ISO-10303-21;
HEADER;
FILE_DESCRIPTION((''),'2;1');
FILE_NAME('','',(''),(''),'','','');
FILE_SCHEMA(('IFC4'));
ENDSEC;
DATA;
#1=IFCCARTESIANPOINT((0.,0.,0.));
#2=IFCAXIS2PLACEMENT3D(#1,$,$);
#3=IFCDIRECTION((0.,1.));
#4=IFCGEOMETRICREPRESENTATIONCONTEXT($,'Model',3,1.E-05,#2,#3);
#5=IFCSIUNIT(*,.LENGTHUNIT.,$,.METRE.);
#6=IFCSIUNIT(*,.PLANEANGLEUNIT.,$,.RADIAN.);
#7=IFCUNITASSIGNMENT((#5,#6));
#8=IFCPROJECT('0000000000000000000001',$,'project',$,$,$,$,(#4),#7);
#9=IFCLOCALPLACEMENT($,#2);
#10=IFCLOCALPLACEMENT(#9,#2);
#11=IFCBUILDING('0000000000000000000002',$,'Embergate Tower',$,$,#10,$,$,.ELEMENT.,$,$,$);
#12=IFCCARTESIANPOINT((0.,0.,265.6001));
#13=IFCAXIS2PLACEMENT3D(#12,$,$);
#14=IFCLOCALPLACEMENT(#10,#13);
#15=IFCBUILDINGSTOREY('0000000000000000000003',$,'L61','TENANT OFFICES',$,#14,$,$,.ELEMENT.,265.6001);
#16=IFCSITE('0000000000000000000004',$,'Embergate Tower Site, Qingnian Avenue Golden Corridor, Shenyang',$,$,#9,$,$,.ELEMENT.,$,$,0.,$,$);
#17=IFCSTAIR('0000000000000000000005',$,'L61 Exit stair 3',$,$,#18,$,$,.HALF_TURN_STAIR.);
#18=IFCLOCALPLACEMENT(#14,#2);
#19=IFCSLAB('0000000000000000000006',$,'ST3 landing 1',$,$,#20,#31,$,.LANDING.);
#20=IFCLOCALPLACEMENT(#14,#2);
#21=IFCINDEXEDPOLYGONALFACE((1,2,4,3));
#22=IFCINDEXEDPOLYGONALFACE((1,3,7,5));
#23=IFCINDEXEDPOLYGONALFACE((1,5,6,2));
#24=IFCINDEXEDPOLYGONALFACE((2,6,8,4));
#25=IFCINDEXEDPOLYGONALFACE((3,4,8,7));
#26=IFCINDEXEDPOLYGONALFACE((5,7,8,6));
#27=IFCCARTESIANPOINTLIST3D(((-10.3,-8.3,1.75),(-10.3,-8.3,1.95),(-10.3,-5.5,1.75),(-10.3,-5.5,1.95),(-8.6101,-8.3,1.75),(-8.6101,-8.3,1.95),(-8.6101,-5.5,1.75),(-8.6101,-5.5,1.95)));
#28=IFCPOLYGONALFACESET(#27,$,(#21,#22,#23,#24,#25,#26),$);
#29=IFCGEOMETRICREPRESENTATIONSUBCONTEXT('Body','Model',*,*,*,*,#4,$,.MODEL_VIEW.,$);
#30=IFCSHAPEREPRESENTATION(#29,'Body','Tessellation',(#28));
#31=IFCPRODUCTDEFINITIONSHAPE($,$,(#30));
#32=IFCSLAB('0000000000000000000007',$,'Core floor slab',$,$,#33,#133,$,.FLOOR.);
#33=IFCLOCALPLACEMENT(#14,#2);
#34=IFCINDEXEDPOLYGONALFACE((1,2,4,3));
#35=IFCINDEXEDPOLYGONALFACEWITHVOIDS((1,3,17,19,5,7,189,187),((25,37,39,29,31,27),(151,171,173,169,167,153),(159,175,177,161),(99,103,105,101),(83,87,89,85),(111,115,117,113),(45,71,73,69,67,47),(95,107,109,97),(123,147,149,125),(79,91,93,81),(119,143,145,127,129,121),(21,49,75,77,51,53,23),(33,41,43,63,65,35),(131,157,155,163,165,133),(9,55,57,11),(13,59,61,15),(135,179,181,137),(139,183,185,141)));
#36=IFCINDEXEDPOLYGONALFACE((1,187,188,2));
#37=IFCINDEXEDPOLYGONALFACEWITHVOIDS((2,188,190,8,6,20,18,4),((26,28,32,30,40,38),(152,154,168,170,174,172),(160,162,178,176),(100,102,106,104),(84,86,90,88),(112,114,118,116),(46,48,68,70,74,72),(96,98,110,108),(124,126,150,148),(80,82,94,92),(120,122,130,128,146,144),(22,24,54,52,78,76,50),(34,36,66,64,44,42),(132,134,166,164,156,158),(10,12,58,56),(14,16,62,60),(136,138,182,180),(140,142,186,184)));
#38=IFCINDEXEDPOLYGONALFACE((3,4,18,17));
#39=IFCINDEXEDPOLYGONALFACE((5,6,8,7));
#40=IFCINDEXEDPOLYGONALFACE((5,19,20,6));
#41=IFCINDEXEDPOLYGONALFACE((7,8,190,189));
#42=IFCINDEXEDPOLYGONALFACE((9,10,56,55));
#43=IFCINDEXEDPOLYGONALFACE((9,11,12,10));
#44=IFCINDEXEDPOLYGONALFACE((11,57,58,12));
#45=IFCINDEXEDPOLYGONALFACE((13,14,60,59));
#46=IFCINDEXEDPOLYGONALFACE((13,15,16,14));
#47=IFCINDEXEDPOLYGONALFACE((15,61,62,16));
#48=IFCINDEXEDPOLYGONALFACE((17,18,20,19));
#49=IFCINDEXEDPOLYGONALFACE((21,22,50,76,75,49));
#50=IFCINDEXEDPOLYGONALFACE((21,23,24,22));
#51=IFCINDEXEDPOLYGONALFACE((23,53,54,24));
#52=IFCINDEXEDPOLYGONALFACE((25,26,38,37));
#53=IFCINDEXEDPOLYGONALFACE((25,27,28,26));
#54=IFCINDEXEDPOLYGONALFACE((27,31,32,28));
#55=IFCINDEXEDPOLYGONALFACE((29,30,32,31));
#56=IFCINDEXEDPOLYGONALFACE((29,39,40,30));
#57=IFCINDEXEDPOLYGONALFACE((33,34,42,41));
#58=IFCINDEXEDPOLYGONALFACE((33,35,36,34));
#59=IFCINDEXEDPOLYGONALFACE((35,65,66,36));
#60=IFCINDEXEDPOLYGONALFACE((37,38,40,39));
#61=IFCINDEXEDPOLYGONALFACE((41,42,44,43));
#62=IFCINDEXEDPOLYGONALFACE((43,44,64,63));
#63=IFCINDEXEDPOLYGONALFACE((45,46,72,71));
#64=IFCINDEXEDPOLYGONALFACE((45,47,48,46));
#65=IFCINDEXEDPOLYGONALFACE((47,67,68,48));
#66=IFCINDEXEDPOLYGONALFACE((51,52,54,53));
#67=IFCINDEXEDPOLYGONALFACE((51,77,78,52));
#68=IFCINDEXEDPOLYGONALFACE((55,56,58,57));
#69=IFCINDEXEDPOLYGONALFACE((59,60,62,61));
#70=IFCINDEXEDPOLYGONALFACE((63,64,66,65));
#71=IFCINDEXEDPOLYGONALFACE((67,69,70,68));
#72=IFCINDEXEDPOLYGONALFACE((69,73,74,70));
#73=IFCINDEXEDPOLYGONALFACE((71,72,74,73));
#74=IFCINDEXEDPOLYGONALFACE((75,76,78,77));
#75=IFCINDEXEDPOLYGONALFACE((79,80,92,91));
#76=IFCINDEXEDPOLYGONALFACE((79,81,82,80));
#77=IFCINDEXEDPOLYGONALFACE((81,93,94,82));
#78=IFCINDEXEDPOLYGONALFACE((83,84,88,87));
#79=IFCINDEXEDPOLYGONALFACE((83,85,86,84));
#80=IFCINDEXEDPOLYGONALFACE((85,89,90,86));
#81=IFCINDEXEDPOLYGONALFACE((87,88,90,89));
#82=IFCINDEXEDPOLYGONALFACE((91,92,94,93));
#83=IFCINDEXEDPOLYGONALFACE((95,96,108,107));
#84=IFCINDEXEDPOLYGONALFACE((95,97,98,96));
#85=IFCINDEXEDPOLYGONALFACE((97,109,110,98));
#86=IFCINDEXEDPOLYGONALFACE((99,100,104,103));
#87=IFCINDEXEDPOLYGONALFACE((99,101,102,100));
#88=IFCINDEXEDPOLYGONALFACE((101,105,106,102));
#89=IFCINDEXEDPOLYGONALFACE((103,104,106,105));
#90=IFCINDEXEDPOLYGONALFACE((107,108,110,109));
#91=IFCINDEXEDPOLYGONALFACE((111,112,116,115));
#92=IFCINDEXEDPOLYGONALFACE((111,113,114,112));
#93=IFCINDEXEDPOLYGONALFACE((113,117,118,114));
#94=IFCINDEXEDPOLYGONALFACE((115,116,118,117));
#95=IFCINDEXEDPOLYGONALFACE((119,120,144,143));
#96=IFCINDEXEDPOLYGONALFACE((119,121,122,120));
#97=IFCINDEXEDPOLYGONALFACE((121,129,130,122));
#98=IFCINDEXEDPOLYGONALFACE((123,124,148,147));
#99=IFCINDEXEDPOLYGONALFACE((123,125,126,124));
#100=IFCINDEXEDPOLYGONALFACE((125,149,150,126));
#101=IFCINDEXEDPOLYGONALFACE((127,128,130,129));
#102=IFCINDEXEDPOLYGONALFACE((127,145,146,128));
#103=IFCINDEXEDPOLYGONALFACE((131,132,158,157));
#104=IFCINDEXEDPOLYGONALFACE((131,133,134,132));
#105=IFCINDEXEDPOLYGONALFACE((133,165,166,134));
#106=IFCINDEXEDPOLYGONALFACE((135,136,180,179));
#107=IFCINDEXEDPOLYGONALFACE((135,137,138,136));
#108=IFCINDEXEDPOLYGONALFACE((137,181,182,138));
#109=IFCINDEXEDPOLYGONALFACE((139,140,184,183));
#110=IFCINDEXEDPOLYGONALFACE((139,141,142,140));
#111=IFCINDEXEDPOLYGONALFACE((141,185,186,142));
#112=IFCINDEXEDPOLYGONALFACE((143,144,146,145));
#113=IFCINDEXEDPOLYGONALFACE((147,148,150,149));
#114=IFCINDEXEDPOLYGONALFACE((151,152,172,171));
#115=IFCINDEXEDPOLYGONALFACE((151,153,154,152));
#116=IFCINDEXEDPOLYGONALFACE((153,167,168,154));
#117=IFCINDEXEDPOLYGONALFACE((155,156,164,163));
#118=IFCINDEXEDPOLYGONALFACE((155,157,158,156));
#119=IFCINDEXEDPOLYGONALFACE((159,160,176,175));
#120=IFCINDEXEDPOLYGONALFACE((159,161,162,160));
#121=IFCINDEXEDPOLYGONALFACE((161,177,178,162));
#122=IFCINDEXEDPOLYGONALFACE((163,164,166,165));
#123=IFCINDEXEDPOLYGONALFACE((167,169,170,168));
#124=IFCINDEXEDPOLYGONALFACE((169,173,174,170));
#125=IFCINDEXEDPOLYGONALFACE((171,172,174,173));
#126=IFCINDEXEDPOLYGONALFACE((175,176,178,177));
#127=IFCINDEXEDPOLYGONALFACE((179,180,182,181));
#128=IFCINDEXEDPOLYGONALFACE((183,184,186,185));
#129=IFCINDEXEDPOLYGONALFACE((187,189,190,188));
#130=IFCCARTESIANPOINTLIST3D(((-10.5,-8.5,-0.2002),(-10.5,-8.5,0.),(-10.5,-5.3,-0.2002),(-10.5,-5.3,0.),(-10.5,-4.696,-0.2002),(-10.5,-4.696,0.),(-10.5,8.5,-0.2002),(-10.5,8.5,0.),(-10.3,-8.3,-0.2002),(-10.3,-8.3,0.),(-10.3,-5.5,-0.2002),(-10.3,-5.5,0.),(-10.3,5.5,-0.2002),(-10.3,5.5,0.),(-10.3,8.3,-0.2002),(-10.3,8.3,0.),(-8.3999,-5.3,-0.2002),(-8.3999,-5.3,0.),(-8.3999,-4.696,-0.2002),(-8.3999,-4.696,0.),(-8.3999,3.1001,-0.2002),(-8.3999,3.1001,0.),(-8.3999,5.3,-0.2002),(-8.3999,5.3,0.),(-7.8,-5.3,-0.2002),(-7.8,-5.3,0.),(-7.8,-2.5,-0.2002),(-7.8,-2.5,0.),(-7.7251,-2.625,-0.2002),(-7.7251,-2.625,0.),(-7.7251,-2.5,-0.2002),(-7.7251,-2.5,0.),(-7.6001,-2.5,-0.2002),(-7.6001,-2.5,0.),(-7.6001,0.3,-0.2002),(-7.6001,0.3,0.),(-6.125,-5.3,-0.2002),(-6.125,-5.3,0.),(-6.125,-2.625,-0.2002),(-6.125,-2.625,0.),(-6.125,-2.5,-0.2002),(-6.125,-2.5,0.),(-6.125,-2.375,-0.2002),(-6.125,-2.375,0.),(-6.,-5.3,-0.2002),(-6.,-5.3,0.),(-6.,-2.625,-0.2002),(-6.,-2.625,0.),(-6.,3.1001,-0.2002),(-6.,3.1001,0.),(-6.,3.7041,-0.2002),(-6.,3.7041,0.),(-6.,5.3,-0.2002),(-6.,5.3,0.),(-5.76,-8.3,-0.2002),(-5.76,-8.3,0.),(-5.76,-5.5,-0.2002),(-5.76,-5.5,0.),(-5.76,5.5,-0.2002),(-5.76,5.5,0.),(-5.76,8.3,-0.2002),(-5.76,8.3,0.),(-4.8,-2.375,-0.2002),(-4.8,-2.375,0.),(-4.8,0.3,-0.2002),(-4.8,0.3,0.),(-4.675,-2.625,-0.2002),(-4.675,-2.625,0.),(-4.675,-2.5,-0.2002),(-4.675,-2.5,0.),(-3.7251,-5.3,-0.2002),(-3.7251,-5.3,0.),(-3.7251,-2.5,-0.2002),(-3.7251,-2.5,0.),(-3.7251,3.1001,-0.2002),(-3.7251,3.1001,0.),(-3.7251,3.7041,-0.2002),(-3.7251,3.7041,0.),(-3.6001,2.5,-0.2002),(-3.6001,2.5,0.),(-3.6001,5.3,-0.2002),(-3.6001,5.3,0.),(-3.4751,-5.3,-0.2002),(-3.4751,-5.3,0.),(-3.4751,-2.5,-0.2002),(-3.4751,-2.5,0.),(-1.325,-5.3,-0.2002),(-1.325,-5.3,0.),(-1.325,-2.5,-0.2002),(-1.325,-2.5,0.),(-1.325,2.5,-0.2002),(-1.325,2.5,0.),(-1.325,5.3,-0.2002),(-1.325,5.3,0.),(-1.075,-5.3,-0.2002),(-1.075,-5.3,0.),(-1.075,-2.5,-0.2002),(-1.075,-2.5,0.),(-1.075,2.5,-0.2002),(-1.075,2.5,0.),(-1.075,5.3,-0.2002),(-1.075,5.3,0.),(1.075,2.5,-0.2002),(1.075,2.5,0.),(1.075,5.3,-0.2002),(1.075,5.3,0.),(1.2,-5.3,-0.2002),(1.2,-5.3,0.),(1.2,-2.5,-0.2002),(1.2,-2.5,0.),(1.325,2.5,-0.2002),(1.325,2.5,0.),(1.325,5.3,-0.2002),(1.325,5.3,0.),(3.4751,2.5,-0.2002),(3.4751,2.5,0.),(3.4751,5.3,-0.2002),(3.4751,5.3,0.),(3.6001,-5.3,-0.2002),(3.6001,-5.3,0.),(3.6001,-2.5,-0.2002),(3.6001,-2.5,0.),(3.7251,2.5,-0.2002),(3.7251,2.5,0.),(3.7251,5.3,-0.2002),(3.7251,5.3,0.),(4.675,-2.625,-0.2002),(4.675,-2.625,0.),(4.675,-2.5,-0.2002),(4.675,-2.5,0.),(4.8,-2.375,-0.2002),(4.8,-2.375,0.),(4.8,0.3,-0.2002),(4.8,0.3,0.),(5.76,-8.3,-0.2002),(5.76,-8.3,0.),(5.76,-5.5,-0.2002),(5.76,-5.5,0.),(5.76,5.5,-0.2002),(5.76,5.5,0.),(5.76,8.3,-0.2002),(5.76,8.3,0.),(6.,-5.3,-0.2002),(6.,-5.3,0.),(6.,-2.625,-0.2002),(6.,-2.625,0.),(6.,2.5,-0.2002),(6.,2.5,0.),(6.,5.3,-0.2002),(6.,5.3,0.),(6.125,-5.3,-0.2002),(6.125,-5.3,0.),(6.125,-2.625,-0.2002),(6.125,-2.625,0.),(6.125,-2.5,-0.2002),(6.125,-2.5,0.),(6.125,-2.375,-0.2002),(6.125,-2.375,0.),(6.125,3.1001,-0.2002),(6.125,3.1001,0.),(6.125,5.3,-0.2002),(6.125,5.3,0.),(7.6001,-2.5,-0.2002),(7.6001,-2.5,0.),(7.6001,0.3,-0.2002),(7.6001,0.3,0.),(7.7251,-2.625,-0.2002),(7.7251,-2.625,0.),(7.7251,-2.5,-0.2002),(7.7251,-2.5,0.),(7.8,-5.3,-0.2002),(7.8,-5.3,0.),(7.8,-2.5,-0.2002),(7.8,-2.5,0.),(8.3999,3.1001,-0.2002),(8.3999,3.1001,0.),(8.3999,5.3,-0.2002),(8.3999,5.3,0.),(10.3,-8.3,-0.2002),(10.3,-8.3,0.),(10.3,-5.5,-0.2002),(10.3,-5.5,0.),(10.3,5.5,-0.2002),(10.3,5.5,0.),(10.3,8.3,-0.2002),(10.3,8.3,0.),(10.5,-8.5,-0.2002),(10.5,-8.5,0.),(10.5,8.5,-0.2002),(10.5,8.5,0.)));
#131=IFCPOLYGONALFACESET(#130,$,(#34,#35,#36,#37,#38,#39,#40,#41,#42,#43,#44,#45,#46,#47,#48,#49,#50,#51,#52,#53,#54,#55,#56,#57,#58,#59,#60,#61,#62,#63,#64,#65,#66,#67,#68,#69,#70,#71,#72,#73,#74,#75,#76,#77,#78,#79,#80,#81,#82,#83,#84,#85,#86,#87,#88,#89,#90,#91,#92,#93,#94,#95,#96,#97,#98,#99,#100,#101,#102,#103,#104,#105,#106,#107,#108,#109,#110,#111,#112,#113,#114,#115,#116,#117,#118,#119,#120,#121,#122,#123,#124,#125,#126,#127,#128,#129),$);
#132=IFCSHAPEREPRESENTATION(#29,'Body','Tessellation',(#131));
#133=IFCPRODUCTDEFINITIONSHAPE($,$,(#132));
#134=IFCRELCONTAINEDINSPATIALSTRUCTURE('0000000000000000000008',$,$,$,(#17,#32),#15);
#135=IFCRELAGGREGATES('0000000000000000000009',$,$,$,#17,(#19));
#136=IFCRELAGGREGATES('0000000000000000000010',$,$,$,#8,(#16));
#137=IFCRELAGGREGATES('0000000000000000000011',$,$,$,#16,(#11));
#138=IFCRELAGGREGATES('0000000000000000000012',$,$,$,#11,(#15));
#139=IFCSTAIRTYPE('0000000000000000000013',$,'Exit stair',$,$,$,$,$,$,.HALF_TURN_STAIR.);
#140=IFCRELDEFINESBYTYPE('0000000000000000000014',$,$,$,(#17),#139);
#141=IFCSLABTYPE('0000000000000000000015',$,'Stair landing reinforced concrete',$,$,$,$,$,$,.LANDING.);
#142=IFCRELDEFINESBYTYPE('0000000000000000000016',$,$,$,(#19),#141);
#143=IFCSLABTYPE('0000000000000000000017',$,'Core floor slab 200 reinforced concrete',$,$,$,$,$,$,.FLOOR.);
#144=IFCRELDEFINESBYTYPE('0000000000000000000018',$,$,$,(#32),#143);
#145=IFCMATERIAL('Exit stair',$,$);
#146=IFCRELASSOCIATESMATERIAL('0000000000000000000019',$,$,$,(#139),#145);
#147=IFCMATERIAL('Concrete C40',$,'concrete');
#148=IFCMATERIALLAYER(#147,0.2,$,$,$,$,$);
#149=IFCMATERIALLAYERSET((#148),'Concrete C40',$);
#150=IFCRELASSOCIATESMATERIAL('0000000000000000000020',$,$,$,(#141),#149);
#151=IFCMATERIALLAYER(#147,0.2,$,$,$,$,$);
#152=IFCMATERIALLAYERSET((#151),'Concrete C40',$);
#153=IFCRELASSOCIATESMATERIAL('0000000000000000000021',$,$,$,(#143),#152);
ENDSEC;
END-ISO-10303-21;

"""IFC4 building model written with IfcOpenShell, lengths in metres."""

from ifc_helpers import new_model, si_unit, direction, frame, origin, place, context, subcontext, project, spatial, polyline, outline, extrude, source, transform, mapped, material, layer, layer_set, type_object, element, aggregate, save


model = new_model("IFC4")

# Units and contexts
model_context = context("Model", 3, precision=1e-05, world=origin(), true_north=direction((0.0, 1.0)))
body_context = subcontext(model_context, "Body", "Model", "MODEL_VIEW")
ifc_project = project(units=[si_unit("LENGTHUNIT", "METRE"), si_unit("PLANEANGLEUNIT", "RADIAN")], contexts=[model_context])

# Site, building, storey
site_placement = place(None, origin())
site = spatial("IfcSite", under=ifc_project, at=site_placement, Name="Embergate Tower Site, Qingnian Avenue Golden Corridor, Shenyang", CompositionType="ELEMENT", RefElevation=0.0)
building_placement = place(site_placement, origin())
building = spatial("IfcBuilding", under=site, at=building_placement, Name="Embergate Tower", CompositionType="ELEMENT")
storey_placement = place(building_placement, frame((0.0, 0.0, 265.6001)))
storey = spatial("IfcBuildingStorey", under=building, at=storey_placement, Name="L61", Description="TENANT OFFICES", CompositionType="ELEMENT", Elevation=265.6001)

# Stair, slab
ifc_material_1 = material(Name="Exit stair")
stair_type = type_object("IfcStairType", Name="Exit stair", PredefinedType="HALF_TURN_STAIR", material=ifc_material_1)
stair_placement = place(storey_placement, origin())
stair = element("IfcStair", 1, at=stair_placement, inside=storey, type_object=stair_type, Name="L61 Exit stair 3", PredefinedType="HALF_TURN_STAIR")
ifc_material_2 = material(Name="Concrete C40", Category="concrete")
ifc_layer_1 = layer(ifc_material_2, 0.2)
ifc_layer_set_1 = layer_set([ifc_layer_1], Name="Concrete C40")
slab_type_1 = type_object("IfcSlabType", Name="Stair landing reinforced concrete", PredefinedType="LANDING", material=ifc_layer_set_1)
shared_shape_1 = source(origin(), body_context, "Body", "SweptSolid", [
    extrude(outline(polyline([(0.0, 0.0), (1.6899, 0.0), (1.6899, 2.8), (0.0, 2.8), (0.0, 0.0)])), origin(), (0.0, 0.0, 1.0), 0.2),
])
slab_1_placement = place(storey_placement, frame((-10.3, -8.3, 1.75)))
slab_1 = element("IfcSlab", 2, at=slab_1_placement, type_object=slab_type_1, Name="ST3 landing 1", PredefinedType="LANDING", context=body_context, shape_type="MappedRepresentation", body=[
    mapped(shared_shape_1, transform((0.0, 0.0, 0.0))),
])
aggregate(stair, [slab_1])

# Slab
ifc_layer_2 = layer(ifc_material_2, 0.2)
ifc_layer_set_2 = layer_set([ifc_layer_2], Name="Concrete C40")
slab_type_2 = type_object("IfcSlabType", Name="Core floor slab 200 reinforced concrete", PredefinedType="FLOOR", material=ifc_layer_set_2)
shared_shape_2 = source(origin(), body_context, "Body", "SweptSolid", [
    extrude(outline(polyline([(0.0, 0.0), (21.0, 0.0), (21.0, 17.0), (0.0, 17.0), (0.0, 3.804), (2.1001, 3.804), (2.1001, 3.2), (0.0, 3.2), (0.0, 0.0)]), holes=[polyline([(0.2, 0.2), (0.2, 3.0), (4.74, 3.0), (4.74, 0.2), (0.2, 0.2)]), polyline([(16.26, 0.2), (16.26, 3.0), (20.8, 3.0), (20.8, 0.2), (16.26, 0.2)]), polyline([(2.7, 3.2), (2.7, 6.0), (2.7749, 6.0), (2.7749, 5.875), (4.375, 5.875), (4.375, 3.2), (2.7, 3.2)]), polyline([(4.5, 3.2), (4.5, 5.875), (5.825, 5.875), (5.825, 6.0), (6.7749, 6.0), (6.7749, 3.2), (4.5, 3.2)]), polyline([(7.0249, 3.2), (7.0249, 6.0), (9.175, 6.0), (9.175, 3.2), (7.0249, 3.2)]), polyline([(9.425, 3.2), (9.425, 6.0), (11.7, 6.0), (11.7, 3.2), (9.425, 3.2)]), polyline([(14.1001, 3.2), (14.1001, 6.0), (15.175, 6.0), (15.175, 5.875), (16.5, 5.875), (16.5, 3.2), (14.1001, 3.2)]), polyline([(16.625, 3.2), (16.625, 5.875), (18.2251, 5.875), (18.2251, 6.0), (18.3, 6.0), (18.3, 3.2), (16.625, 3.2)]), polyline([(2.8999, 6.0), (2.8999, 8.8), (5.7, 8.8), (5.7, 6.125), (4.375, 6.125), (4.375, 6.0), (2.8999, 6.0)]), polyline([(16.625, 6.0), (16.625, 6.125), (15.3, 6.125), (15.3, 8.8), (18.1001, 8.8), (18.1001, 6.0), (16.625, 6.0)]), polyline([(6.8999, 11.0), (6.8999, 13.8), (9.175, 13.8), (9.175, 11.0), (6.8999, 11.0)]), polyline([(9.425, 11.0), (9.425, 13.8), (11.575, 13.8), (11.575, 11.0), (9.425, 11.0)]), polyline([(11.825, 11.0), (11.825, 13.8), (13.9751, 13.8), (13.9751, 11.0), (11.825, 11.0)]), polyline([(14.2251, 11.0), (14.2251, 13.8), (16.5, 13.8), (16.5, 11.0), (14.2251, 11.0)]), polyline([(2.1001, 11.6001), (2.1001, 13.8), (4.5, 13.8), (4.5, 12.2041), (6.7749, 12.2041), (6.7749, 11.6001), (4.5, 11.6001), (2.1001, 11.6001)]), polyline([(16.625, 11.6001), (16.625, 13.8), (18.8999, 13.8), (18.8999, 11.6001), (16.625, 11.6001)]), polyline([(0.2, 14.0), (0.2, 16.8), (4.74, 16.8), (4.74, 14.0), (0.2, 14.0)]), polyline([(16.26, 14.0), (16.26, 16.8), (20.8, 16.8), (20.8, 14.0), (16.26, 14.0)])]), origin(), (0.0, 0.0, 1.0), 0.2002),
])
slab_2_placement = place(storey_placement, frame((-10.5, -8.5, -0.2002)))
element("IfcSlab", 3, at=slab_2_placement, inside=storey, type_object=slab_type_2, Name="Core floor slab", PredefinedType="FLOOR", context=body_context, shape_type="MappedRepresentation", body=[
    mapped(shared_shape_2, transform((0.0, 0.0, 0.0))),
])

save(model, "model.ifc")
